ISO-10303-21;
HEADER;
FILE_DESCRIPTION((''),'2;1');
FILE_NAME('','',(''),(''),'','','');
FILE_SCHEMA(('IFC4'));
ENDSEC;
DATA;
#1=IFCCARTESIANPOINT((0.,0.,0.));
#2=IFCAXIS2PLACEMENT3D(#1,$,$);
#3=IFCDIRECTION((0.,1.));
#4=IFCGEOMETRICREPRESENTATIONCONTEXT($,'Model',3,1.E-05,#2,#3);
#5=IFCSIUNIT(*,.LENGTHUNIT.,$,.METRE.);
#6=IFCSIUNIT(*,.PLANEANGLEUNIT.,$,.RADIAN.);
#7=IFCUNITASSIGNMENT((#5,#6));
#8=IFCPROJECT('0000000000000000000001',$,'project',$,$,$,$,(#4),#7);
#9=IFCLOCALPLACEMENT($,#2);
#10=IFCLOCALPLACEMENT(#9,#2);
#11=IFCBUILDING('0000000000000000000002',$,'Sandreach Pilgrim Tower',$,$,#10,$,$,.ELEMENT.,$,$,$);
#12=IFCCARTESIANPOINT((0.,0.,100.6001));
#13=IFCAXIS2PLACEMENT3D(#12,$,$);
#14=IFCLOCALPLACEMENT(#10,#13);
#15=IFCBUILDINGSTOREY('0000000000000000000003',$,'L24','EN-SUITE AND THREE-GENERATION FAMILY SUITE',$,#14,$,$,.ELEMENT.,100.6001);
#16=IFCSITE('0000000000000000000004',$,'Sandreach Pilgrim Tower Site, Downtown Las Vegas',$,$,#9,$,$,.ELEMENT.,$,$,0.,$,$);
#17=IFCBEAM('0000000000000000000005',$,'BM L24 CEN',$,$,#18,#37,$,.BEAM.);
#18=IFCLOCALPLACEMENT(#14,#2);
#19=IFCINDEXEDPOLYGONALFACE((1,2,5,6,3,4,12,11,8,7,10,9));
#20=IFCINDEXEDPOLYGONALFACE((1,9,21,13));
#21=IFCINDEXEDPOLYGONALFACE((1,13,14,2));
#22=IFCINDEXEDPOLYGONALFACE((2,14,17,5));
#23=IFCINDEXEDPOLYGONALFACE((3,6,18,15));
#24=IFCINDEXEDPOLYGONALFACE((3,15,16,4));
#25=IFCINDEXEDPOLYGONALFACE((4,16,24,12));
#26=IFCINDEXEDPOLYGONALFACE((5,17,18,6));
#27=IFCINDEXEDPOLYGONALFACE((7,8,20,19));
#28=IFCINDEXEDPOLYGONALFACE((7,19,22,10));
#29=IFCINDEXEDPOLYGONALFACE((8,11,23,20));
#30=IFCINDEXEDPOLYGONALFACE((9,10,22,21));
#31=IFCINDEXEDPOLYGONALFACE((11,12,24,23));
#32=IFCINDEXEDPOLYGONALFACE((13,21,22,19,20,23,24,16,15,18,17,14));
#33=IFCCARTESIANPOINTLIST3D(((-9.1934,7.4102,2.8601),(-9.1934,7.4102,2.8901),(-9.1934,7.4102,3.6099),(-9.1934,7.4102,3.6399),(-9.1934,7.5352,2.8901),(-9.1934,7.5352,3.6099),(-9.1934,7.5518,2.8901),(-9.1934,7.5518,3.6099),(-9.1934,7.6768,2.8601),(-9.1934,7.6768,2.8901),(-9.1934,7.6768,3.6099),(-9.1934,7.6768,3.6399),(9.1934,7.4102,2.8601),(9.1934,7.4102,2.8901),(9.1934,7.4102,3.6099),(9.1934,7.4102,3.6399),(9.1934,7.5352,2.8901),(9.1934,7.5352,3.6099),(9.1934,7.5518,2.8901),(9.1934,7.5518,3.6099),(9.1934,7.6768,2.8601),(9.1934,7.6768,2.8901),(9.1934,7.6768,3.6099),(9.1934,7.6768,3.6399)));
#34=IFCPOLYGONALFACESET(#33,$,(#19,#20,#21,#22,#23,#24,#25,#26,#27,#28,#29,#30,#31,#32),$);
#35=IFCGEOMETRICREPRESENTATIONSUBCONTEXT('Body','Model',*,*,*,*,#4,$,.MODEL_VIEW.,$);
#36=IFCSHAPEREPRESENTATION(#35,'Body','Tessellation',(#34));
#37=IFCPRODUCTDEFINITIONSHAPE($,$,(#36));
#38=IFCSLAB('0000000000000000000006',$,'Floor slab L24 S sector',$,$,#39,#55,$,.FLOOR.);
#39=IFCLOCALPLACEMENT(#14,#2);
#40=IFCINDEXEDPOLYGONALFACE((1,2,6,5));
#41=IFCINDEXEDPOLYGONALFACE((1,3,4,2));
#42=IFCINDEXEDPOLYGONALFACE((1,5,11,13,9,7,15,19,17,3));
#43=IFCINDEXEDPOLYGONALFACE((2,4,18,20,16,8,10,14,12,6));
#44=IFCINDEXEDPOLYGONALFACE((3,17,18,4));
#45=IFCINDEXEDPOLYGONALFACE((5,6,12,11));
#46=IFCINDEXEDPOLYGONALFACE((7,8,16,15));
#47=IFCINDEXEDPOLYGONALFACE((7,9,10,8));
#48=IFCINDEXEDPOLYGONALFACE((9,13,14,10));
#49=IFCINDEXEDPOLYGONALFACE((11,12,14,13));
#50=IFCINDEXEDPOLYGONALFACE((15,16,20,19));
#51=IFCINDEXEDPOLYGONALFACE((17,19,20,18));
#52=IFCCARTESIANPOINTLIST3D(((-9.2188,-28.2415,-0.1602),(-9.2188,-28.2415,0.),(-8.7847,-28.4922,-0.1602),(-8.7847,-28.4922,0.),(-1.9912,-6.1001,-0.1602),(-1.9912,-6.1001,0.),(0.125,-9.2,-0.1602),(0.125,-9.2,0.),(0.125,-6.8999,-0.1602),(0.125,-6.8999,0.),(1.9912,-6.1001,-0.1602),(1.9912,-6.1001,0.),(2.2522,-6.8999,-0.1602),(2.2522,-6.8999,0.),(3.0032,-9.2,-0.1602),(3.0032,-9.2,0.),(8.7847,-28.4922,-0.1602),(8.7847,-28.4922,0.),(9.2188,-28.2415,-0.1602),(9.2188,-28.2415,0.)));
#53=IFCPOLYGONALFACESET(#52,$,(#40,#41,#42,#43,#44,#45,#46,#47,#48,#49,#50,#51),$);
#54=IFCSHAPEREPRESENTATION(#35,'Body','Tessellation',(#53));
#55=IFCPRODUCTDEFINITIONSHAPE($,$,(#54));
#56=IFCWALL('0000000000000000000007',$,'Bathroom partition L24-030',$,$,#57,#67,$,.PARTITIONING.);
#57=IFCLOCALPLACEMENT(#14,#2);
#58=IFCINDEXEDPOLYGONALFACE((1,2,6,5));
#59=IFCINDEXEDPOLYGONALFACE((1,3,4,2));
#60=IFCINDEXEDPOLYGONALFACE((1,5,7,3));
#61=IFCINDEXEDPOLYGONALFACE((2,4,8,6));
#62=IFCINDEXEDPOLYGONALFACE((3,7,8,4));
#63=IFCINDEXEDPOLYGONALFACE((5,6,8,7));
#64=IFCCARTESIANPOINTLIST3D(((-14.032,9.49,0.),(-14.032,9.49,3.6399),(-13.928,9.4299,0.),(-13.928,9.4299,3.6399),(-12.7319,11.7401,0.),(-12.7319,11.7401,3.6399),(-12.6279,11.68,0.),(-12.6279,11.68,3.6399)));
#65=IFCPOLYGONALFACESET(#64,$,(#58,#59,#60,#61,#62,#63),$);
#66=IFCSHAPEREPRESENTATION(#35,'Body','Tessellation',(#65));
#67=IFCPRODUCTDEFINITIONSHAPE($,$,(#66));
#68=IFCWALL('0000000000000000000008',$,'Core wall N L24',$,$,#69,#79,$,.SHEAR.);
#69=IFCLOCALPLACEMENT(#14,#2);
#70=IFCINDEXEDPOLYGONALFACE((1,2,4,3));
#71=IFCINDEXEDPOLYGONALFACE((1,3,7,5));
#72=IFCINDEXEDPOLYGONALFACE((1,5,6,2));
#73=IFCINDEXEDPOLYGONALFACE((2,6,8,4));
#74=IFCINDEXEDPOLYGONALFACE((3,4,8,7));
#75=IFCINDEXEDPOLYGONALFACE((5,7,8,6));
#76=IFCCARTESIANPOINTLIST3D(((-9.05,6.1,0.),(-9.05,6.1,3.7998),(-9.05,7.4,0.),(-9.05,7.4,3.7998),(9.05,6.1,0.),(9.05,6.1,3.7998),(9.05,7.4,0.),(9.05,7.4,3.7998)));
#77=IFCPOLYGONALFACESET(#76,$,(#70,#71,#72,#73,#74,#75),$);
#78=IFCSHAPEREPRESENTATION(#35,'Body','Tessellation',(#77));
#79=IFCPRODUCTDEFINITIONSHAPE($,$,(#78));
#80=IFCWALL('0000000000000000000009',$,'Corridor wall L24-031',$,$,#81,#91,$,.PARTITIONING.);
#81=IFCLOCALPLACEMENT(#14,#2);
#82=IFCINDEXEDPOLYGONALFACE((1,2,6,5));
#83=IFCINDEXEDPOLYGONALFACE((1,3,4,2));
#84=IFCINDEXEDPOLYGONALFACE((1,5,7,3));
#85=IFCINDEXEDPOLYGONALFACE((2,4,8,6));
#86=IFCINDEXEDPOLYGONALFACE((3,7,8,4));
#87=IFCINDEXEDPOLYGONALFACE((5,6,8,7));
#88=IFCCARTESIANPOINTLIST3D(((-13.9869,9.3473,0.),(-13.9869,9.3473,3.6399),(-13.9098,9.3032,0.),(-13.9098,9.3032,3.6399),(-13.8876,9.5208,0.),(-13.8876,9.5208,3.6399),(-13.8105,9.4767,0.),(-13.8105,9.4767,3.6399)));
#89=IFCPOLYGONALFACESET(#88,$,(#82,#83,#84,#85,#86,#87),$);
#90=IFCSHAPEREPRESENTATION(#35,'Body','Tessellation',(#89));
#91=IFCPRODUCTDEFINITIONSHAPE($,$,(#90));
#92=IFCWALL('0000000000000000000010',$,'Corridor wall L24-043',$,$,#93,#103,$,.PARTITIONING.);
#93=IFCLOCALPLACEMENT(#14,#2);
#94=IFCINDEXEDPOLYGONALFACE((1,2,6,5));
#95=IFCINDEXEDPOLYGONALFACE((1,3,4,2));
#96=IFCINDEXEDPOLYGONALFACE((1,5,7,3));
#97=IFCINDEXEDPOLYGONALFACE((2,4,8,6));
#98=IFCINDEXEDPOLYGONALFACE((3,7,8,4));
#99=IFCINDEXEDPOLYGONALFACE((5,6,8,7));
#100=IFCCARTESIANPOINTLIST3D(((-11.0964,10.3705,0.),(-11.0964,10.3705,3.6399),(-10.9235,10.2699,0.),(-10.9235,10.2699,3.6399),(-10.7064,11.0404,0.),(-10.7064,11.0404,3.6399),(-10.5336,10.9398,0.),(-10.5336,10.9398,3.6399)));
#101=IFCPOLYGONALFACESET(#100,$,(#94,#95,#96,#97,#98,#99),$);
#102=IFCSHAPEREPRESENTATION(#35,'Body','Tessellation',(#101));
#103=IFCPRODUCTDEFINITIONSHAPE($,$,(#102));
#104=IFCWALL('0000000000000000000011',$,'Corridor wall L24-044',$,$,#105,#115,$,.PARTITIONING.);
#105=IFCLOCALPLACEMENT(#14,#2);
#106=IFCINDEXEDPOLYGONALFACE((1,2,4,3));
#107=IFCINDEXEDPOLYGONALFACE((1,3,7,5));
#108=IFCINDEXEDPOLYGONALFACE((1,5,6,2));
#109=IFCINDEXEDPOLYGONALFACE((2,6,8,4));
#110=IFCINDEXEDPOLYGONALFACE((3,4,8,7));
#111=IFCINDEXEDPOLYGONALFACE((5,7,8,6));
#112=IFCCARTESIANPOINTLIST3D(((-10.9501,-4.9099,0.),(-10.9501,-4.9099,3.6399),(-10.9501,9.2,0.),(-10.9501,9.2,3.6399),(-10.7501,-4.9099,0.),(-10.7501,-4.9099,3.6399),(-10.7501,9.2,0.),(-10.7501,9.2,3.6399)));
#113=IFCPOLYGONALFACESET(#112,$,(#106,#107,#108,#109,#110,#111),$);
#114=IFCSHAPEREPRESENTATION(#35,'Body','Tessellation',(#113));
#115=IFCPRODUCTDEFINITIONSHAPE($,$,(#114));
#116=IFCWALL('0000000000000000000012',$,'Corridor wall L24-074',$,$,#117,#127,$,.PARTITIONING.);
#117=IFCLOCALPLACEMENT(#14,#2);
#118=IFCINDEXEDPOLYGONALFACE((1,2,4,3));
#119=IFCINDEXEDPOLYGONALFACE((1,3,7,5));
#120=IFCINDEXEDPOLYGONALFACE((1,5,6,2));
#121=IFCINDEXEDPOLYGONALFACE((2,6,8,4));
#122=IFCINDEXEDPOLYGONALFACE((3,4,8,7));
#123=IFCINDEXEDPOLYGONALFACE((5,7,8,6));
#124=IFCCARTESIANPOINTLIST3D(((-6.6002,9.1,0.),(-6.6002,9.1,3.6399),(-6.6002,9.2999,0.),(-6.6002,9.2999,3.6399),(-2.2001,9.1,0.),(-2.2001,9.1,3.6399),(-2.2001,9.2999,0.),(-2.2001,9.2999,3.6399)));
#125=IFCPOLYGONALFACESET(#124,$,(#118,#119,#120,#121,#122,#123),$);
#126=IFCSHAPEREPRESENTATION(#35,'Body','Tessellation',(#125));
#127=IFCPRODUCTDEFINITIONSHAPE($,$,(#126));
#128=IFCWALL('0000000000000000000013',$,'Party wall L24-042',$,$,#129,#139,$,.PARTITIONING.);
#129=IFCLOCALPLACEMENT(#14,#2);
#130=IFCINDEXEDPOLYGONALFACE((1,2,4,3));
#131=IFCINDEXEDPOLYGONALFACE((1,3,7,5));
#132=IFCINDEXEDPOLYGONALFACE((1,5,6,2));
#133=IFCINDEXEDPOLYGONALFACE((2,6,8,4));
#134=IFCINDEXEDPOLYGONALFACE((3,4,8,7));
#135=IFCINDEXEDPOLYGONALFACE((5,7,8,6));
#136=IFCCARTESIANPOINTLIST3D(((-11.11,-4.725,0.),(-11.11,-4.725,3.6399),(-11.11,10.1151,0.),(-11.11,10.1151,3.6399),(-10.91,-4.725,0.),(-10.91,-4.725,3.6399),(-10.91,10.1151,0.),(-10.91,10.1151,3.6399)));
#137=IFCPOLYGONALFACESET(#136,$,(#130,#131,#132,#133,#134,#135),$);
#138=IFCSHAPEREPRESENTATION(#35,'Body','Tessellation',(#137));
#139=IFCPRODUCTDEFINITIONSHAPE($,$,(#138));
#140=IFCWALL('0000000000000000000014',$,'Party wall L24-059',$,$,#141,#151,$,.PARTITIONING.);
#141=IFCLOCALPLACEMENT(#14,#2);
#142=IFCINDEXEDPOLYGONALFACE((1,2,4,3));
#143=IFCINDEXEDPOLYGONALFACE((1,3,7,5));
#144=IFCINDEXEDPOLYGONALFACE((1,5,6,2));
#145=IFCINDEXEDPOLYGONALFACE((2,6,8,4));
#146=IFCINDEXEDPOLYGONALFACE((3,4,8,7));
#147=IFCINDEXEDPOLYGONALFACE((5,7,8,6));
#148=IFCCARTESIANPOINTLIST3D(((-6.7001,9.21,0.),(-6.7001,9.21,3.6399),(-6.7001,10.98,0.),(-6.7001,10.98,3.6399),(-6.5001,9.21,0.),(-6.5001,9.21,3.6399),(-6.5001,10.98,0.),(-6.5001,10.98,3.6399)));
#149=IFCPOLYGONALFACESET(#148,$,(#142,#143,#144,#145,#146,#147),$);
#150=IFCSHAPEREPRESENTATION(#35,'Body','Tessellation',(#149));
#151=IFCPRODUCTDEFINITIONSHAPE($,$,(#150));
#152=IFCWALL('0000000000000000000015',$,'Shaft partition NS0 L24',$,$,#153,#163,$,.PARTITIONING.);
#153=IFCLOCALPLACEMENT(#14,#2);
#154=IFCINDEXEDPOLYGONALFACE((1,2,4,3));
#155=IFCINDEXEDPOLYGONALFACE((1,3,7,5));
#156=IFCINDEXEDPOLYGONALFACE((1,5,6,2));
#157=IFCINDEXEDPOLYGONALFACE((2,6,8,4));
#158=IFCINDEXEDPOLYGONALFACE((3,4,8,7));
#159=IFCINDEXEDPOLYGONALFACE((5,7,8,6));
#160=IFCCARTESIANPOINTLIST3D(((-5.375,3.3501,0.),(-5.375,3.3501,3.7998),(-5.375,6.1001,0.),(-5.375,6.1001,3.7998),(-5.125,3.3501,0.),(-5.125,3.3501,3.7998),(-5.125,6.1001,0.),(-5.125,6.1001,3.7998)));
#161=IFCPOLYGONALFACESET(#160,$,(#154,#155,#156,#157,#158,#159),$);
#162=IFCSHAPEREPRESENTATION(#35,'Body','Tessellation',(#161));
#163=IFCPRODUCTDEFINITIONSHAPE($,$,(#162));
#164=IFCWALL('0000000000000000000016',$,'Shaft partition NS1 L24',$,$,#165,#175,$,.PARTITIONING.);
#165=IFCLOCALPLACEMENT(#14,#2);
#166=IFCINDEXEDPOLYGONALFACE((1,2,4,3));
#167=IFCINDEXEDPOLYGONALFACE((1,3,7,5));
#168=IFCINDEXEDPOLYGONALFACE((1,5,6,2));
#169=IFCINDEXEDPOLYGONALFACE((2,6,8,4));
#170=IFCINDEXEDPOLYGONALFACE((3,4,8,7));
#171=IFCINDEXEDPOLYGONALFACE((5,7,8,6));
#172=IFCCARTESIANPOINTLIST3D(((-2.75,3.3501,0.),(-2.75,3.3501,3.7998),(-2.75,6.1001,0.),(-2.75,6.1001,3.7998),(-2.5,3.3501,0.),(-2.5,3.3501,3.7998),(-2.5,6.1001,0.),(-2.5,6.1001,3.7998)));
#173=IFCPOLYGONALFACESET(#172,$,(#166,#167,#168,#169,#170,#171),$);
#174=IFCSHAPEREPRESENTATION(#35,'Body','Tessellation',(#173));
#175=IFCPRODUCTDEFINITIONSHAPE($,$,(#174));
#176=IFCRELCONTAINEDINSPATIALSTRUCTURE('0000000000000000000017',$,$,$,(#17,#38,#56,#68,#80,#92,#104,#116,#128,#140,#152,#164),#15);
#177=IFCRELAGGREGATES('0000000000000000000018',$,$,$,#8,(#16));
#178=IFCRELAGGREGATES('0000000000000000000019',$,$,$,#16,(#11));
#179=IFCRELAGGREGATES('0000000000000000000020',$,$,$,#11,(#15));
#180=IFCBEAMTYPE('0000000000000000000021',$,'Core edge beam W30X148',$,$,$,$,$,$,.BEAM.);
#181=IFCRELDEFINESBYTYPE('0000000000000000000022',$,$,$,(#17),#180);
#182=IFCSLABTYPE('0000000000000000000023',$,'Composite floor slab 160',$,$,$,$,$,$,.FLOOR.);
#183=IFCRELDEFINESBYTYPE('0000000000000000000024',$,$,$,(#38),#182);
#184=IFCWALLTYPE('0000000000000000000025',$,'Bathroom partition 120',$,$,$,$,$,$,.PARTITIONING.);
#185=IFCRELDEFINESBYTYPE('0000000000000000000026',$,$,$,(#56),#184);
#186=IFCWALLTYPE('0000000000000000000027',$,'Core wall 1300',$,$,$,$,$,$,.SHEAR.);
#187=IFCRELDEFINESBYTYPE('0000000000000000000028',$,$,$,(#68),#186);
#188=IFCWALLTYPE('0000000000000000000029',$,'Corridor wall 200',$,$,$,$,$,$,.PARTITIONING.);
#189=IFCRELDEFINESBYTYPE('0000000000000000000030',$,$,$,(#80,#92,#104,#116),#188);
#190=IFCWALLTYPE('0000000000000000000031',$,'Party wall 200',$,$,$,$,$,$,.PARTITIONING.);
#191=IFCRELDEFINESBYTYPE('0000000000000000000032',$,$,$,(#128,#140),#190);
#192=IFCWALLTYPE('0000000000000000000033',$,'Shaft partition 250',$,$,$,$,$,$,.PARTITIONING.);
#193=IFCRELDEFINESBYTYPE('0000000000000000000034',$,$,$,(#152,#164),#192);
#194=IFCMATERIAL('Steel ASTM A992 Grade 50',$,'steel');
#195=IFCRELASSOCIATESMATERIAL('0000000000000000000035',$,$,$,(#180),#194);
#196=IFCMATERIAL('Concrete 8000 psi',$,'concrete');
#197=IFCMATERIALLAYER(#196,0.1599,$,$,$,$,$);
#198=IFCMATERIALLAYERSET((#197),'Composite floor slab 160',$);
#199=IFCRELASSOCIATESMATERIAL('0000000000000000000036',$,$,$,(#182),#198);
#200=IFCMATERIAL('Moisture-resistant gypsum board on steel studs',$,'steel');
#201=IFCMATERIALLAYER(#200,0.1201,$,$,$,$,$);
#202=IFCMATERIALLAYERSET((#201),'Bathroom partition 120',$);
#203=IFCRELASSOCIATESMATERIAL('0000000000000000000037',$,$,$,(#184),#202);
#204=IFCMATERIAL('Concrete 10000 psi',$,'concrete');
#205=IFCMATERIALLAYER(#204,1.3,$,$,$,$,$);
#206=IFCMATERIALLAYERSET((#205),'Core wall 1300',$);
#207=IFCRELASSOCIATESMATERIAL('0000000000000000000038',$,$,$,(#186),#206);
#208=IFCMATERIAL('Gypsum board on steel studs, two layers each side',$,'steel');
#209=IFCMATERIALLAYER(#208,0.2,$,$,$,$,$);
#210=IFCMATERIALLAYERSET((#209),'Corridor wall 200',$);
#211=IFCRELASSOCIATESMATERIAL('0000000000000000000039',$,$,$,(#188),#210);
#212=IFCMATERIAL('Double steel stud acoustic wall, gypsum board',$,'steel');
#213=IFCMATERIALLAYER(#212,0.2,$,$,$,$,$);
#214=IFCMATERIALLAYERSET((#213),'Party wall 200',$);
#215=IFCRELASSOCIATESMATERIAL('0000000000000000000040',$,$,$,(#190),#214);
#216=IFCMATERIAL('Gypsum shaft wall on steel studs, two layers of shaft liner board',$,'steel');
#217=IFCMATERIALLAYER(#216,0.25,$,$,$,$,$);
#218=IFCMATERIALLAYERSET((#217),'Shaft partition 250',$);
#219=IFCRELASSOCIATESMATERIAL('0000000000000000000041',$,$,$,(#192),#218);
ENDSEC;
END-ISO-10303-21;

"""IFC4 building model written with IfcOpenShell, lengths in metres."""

from ifc_helpers import new_model, si_unit, direction, frame, frame_2d, origin, origin_2d, place, context, subcontext, project, spatial, polyline, rectangle, i_section, outline, extrude, material, layer, layer_set, material_profile, profile_set, type_object, element, save


model = new_model("IFC4")

# Units and contexts
model_context = context("Model", 3, precision=1e-05, world=origin(), true_north=direction((0.0, 1.0)))
body_context = subcontext(model_context, "Body", "Model", "MODEL_VIEW")
ifc_project = project(units=[si_unit("LENGTHUNIT", "METRE"), si_unit("PLANEANGLEUNIT", "RADIAN")], contexts=[model_context])

# Site, building, storey
site_placement = place(None, origin())
site = spatial("IfcSite", under=ifc_project, at=site_placement, Name="Sandreach Pilgrim Tower Site, Downtown Las Vegas", CompositionType="ELEMENT", RefElevation=0.0)
building_placement = place(site_placement, origin())
building = spatial("IfcBuilding", under=site, at=building_placement, Name="Sandreach Pilgrim Tower", CompositionType="ELEMENT")
storey_placement = place(building_placement, frame((0.0, 0.0, 100.6001)))
storey = spatial("IfcBuildingStorey", under=building, at=storey_placement, Name="L24", Description="EN-SUITE AND THREE-GENERATION FAMILY SUITE", CompositionType="ELEMENT", Elevation=100.6001)

# Beam
ifc_material_1 = material(Name="Steel ASTM A992 Grade 50", Category="steel")
ifc_material_profile = material_profile(ifc_material_1, i_section(OverallWidth=0.2666, OverallDepth=0.7798, WebThickness=0.0166, FlangeThickness=0.03, at=origin_2d()), Name="W30X148")
ifc_profile_set = profile_set([ifc_material_profile], Name="Steel ASTM A992 Grade 50")
beam_type = type_object("IfcBeamType", Name="Core edge beam W30X148", PredefinedType="BEAM", material=ifc_profile_set)
beam_placement = place(storey_placement, frame((-9.1934, 7.5435, 3.25), z_axis=(1.0, 0.0, 0.0), x_axis=(0.0, 1.0, 0.0)))
element("IfcBeam", 1, at=beam_placement, inside=storey, type_object=beam_type, Name="BM L24 CEN", PredefinedType="BEAM", context=body_context, shape_type="SweptSolid", body=[
    extrude(i_section(OverallWidth=0.2666, OverallDepth=0.7798, WebThickness=0.0166, FlangeThickness=0.03, at=origin_2d()), origin(), (0.0, 0.0, 1.0), 18.3867),
])

# Slab
ifc_material_2 = material(Name="Concrete 8000 psi", Category="concrete")
ifc_layer_1 = layer(ifc_material_2, 0.1599)
ifc_layer_set_1 = layer_set([ifc_layer_1], Name="Composite floor slab 160")
slab_type = type_object("IfcSlabType", Name="Composite floor slab 160", PredefinedType="FLOOR", material=ifc_layer_set_1)
slab_placement = place(storey_placement, frame((0.0, 0.0, -0.1602)))
element("IfcSlab", 2, at=slab_placement, inside=storey, type_object=slab_type, Name="Floor slab L24 S sector", PredefinedType="FLOOR", context=body_context, shape_type="SweptSolid", body=[
    extrude(outline(polyline([(8.7847, -28.4922), (-8.7847, -28.4922), (-9.2188, -28.2415), (-1.9912, -6.1001), (1.9912, -6.1001), (2.2522, -6.8999), (0.125, -6.8999), (0.125, -9.2), (3.0032, -9.2), (9.2188, -28.2415), (8.7847, -28.4922)])), origin(), (0.0, 0.0, 1.0), 0.1602),
])

# Wall
ifc_material_3 = material(Name="Moisture-resistant gypsum board on steel studs", Category="steel")
ifc_layer_2 = layer(ifc_material_3, 0.1201)
ifc_layer_set_2 = layer_set([ifc_layer_2], Name="Bathroom partition 120")
wall_type_1 = type_object("IfcWallType", Name="Bathroom partition 120", PredefinedType="PARTITIONING", material=ifc_layer_set_2)
wall_1_placement = place(storey_placement, frame((-13.98, 9.46, 0.0), z_axis=(0.0, 0.0, 1.0), x_axis=(0.500292, 0.865857, 0.0)))
element("IfcWall", 3, at=wall_1_placement, inside=storey, type_object=wall_type_1, Name="Bathroom partition L24-030", PredefinedType="PARTITIONING", context=body_context, shape_type="SweptSolid", body=[
    extrude(rectangle(XDim=2.5986, YDim=0.1201, at=frame_2d((1.2993, 0.0))), origin(), (0.0, 0.0, 1.0), 3.6399),
])

# Walls
ifc_material_4 = material(Name="Concrete 10000 psi", Category="concrete")
ifc_layer_3 = layer(ifc_material_4, 1.3)
ifc_layer_set_3 = layer_set([ifc_layer_3], Name="Core wall 1300")
wall_type_2 = type_object("IfcWallType", Name="Core wall 1300", PredefinedType="SHEAR", material=ifc_layer_set_3)
wall_2_placement = place(storey_placement, frame((-9.05, 6.75, 0.0), z_axis=(0.0, 0.0, 1.0), x_axis=(1.0, 0.0, 0.0)))
element("IfcWall", 4, at=wall_2_placement, inside=storey, type_object=wall_type_2, Name="Core wall N L24", PredefinedType="SHEAR", context=body_context, shape_type="SweptSolid", body=[
    extrude(rectangle(XDim=18.1001, YDim=1.3, at=frame_2d((9.05, 0.0))), origin(), (0.0, 0.0, 1.0), 3.7998),
])
ifc_material_5 = material(Name="Gypsum board on steel studs, two layers each side", Category="steel")
ifc_layer_4 = layer(ifc_material_5, 0.2)
ifc_layer_set_4 = layer_set([ifc_layer_4], Name="Corridor wall 200")
wall_type_3 = type_object("IfcWallType", Name="Corridor wall 200", PredefinedType="PARTITIONING", material=ifc_layer_set_4)
wall_3_placement = place(storey_placement, frame((-13.9373, 9.4341, 0.0), z_axis=(0.0, 0.0, 1.0), x_axis=(0.867736, -0.497026, 0.0)))
element("IfcWall", 5, at=wall_3_placement, inside=storey, type_object=wall_type_3, Name="Corridor wall L24-031", PredefinedType="PARTITIONING", context=body_context, shape_type="SweptSolid", body=[
    extrude(rectangle(XDim=0.0889, YDim=0.2, at=frame_2d((0.0444, 0.0))), origin(), (0.0, 0.0, 1.0), 3.6399),
])
wall_4_placement = place(storey_placement, frame((-11.01, 10.3201, 0.0), z_axis=(0.0, 0.0, 1.0), x_axis=(0.503009, 0.864281, 0.0)))
element("IfcWall", 6, at=wall_4_placement, inside=storey, type_object=wall_type_3, Name="Corridor wall L24-043", PredefinedType="PARTITIONING", context=body_context, shape_type="SweptSolid", body=[
    extrude(rectangle(XDim=0.7751, YDim=0.2, at=frame_2d((0.3877, 0.0))), origin(), (0.0, 0.0, 1.0), 3.6399),
])
wall_5_placement = place(storey_placement, frame((-10.8501, 9.2, 0.0), z_axis=(0.0, 0.0, 1.0), x_axis=(0.0, -1.0, 0.0)))
element("IfcWall", 7, at=wall_5_placement, inside=storey, type_object=wall_type_3, Name="Corridor wall L24-044", PredefinedType="PARTITIONING", context=body_context, shape_type="SweptSolid", body=[
    extrude(rectangle(XDim=14.1099, YDim=0.2, at=frame_2d((7.0549, 0.0))), origin(), (0.0, 0.0, 1.0), 3.6399),
])

# Walls
wall_6_placement = place(storey_placement, frame((-2.2, 9.2, 0.0), z_axis=(0.0, 0.0, 1.0), x_axis=(-1.0, 0.0, 0.0)))
element("IfcWall", 8, at=wall_6_placement, inside=storey, type_object=wall_type_3, Name="Corridor wall L24-074", PredefinedType="PARTITIONING", context=body_context, shape_type="SweptSolid", body=[
    extrude(rectangle(XDim=4.4001, YDim=0.2, at=frame_2d((2.2002, 0.0))), origin(), (0.0, 0.0, 1.0), 3.6399),
])
ifc_material_6 = material(Name="Double steel stud acoustic wall, gypsum board", Category="steel")
ifc_layer_5 = layer(ifc_material_6, 0.2)
ifc_layer_set_5 = layer_set([ifc_layer_5], Name="Party wall 200")
wall_type_4 = type_object("IfcWallType", Name="Party wall 200", PredefinedType="PARTITIONING", material=ifc_layer_set_5)
wall_7_placement = place(storey_placement, frame((-11.01, 10.115, 0.0), z_axis=(0.0, 0.0, 1.0), x_axis=(0.0, -1.0, 0.0)))
element("IfcWall", 9, at=wall_7_placement, inside=storey, type_object=wall_type_4, Name="Party wall L24-042", PredefinedType="PARTITIONING", context=body_context, shape_type="SweptSolid", body=[
    extrude(rectangle(XDim=14.8401, YDim=0.2, at=frame_2d((7.4199, 0.0))), origin(), (0.0, 0.0, 1.0), 3.6399),
])
wall_8_placement = place(storey_placement, frame((-6.6001, 10.98, 0.0), z_axis=(0.0, 0.0, 1.0), x_axis=(0.0, -1.0, 0.0)))
element("IfcWall", 10, at=wall_8_placement, inside=storey, type_object=wall_type_4, Name="Party wall L24-059", PredefinedType="PARTITIONING", context=body_context, shape_type="SweptSolid", body=[
    extrude(rectangle(XDim=1.77, YDim=0.2, at=frame_2d((0.885, 0.0))), origin(), (0.0, 0.0, 1.0), 3.6399),
])
ifc_material_7 = material(Name="Gypsum shaft wall on steel studs, two layers of shaft liner board", Category="steel")
ifc_layer_6 = layer(ifc_material_7, 0.25)
ifc_layer_set_6 = layer_set([ifc_layer_6], Name="Shaft partition 250")
wall_type_5 = type_object("IfcWallType", Name="Shaft partition 250", PredefinedType="PARTITIONING", material=ifc_layer_set_6)
for number, where, z_axis, x_axis, name in (
    (11, (-5.25, 3.3501, 0.0), (0.0, 0.0, 1.0), (0.0, 1.0, 0.0), "Shaft partition NS0 L24"),
    (12, (-2.625, 3.3501, 0.0), (0.0, 0.0, 1.0), (0.0, 1.0, 0.0), "Shaft partition NS1 L24"),
):
    element("IfcWall", number, at=place(storey_placement, frame(where, z_axis=z_axis, x_axis=x_axis)), inside=storey, type_object=wall_type_5, Name=name, PredefinedType="PARTITIONING", context=body_context, shape_type="SweptSolid", body=[
        extrude(rectangle(XDim=2.75, YDim=0.25, at=frame_2d((1.375, 0.0))), origin(), (0.0, 0.0, 1.0), 3.7998),
    ])

save(model, "model.ifc")
